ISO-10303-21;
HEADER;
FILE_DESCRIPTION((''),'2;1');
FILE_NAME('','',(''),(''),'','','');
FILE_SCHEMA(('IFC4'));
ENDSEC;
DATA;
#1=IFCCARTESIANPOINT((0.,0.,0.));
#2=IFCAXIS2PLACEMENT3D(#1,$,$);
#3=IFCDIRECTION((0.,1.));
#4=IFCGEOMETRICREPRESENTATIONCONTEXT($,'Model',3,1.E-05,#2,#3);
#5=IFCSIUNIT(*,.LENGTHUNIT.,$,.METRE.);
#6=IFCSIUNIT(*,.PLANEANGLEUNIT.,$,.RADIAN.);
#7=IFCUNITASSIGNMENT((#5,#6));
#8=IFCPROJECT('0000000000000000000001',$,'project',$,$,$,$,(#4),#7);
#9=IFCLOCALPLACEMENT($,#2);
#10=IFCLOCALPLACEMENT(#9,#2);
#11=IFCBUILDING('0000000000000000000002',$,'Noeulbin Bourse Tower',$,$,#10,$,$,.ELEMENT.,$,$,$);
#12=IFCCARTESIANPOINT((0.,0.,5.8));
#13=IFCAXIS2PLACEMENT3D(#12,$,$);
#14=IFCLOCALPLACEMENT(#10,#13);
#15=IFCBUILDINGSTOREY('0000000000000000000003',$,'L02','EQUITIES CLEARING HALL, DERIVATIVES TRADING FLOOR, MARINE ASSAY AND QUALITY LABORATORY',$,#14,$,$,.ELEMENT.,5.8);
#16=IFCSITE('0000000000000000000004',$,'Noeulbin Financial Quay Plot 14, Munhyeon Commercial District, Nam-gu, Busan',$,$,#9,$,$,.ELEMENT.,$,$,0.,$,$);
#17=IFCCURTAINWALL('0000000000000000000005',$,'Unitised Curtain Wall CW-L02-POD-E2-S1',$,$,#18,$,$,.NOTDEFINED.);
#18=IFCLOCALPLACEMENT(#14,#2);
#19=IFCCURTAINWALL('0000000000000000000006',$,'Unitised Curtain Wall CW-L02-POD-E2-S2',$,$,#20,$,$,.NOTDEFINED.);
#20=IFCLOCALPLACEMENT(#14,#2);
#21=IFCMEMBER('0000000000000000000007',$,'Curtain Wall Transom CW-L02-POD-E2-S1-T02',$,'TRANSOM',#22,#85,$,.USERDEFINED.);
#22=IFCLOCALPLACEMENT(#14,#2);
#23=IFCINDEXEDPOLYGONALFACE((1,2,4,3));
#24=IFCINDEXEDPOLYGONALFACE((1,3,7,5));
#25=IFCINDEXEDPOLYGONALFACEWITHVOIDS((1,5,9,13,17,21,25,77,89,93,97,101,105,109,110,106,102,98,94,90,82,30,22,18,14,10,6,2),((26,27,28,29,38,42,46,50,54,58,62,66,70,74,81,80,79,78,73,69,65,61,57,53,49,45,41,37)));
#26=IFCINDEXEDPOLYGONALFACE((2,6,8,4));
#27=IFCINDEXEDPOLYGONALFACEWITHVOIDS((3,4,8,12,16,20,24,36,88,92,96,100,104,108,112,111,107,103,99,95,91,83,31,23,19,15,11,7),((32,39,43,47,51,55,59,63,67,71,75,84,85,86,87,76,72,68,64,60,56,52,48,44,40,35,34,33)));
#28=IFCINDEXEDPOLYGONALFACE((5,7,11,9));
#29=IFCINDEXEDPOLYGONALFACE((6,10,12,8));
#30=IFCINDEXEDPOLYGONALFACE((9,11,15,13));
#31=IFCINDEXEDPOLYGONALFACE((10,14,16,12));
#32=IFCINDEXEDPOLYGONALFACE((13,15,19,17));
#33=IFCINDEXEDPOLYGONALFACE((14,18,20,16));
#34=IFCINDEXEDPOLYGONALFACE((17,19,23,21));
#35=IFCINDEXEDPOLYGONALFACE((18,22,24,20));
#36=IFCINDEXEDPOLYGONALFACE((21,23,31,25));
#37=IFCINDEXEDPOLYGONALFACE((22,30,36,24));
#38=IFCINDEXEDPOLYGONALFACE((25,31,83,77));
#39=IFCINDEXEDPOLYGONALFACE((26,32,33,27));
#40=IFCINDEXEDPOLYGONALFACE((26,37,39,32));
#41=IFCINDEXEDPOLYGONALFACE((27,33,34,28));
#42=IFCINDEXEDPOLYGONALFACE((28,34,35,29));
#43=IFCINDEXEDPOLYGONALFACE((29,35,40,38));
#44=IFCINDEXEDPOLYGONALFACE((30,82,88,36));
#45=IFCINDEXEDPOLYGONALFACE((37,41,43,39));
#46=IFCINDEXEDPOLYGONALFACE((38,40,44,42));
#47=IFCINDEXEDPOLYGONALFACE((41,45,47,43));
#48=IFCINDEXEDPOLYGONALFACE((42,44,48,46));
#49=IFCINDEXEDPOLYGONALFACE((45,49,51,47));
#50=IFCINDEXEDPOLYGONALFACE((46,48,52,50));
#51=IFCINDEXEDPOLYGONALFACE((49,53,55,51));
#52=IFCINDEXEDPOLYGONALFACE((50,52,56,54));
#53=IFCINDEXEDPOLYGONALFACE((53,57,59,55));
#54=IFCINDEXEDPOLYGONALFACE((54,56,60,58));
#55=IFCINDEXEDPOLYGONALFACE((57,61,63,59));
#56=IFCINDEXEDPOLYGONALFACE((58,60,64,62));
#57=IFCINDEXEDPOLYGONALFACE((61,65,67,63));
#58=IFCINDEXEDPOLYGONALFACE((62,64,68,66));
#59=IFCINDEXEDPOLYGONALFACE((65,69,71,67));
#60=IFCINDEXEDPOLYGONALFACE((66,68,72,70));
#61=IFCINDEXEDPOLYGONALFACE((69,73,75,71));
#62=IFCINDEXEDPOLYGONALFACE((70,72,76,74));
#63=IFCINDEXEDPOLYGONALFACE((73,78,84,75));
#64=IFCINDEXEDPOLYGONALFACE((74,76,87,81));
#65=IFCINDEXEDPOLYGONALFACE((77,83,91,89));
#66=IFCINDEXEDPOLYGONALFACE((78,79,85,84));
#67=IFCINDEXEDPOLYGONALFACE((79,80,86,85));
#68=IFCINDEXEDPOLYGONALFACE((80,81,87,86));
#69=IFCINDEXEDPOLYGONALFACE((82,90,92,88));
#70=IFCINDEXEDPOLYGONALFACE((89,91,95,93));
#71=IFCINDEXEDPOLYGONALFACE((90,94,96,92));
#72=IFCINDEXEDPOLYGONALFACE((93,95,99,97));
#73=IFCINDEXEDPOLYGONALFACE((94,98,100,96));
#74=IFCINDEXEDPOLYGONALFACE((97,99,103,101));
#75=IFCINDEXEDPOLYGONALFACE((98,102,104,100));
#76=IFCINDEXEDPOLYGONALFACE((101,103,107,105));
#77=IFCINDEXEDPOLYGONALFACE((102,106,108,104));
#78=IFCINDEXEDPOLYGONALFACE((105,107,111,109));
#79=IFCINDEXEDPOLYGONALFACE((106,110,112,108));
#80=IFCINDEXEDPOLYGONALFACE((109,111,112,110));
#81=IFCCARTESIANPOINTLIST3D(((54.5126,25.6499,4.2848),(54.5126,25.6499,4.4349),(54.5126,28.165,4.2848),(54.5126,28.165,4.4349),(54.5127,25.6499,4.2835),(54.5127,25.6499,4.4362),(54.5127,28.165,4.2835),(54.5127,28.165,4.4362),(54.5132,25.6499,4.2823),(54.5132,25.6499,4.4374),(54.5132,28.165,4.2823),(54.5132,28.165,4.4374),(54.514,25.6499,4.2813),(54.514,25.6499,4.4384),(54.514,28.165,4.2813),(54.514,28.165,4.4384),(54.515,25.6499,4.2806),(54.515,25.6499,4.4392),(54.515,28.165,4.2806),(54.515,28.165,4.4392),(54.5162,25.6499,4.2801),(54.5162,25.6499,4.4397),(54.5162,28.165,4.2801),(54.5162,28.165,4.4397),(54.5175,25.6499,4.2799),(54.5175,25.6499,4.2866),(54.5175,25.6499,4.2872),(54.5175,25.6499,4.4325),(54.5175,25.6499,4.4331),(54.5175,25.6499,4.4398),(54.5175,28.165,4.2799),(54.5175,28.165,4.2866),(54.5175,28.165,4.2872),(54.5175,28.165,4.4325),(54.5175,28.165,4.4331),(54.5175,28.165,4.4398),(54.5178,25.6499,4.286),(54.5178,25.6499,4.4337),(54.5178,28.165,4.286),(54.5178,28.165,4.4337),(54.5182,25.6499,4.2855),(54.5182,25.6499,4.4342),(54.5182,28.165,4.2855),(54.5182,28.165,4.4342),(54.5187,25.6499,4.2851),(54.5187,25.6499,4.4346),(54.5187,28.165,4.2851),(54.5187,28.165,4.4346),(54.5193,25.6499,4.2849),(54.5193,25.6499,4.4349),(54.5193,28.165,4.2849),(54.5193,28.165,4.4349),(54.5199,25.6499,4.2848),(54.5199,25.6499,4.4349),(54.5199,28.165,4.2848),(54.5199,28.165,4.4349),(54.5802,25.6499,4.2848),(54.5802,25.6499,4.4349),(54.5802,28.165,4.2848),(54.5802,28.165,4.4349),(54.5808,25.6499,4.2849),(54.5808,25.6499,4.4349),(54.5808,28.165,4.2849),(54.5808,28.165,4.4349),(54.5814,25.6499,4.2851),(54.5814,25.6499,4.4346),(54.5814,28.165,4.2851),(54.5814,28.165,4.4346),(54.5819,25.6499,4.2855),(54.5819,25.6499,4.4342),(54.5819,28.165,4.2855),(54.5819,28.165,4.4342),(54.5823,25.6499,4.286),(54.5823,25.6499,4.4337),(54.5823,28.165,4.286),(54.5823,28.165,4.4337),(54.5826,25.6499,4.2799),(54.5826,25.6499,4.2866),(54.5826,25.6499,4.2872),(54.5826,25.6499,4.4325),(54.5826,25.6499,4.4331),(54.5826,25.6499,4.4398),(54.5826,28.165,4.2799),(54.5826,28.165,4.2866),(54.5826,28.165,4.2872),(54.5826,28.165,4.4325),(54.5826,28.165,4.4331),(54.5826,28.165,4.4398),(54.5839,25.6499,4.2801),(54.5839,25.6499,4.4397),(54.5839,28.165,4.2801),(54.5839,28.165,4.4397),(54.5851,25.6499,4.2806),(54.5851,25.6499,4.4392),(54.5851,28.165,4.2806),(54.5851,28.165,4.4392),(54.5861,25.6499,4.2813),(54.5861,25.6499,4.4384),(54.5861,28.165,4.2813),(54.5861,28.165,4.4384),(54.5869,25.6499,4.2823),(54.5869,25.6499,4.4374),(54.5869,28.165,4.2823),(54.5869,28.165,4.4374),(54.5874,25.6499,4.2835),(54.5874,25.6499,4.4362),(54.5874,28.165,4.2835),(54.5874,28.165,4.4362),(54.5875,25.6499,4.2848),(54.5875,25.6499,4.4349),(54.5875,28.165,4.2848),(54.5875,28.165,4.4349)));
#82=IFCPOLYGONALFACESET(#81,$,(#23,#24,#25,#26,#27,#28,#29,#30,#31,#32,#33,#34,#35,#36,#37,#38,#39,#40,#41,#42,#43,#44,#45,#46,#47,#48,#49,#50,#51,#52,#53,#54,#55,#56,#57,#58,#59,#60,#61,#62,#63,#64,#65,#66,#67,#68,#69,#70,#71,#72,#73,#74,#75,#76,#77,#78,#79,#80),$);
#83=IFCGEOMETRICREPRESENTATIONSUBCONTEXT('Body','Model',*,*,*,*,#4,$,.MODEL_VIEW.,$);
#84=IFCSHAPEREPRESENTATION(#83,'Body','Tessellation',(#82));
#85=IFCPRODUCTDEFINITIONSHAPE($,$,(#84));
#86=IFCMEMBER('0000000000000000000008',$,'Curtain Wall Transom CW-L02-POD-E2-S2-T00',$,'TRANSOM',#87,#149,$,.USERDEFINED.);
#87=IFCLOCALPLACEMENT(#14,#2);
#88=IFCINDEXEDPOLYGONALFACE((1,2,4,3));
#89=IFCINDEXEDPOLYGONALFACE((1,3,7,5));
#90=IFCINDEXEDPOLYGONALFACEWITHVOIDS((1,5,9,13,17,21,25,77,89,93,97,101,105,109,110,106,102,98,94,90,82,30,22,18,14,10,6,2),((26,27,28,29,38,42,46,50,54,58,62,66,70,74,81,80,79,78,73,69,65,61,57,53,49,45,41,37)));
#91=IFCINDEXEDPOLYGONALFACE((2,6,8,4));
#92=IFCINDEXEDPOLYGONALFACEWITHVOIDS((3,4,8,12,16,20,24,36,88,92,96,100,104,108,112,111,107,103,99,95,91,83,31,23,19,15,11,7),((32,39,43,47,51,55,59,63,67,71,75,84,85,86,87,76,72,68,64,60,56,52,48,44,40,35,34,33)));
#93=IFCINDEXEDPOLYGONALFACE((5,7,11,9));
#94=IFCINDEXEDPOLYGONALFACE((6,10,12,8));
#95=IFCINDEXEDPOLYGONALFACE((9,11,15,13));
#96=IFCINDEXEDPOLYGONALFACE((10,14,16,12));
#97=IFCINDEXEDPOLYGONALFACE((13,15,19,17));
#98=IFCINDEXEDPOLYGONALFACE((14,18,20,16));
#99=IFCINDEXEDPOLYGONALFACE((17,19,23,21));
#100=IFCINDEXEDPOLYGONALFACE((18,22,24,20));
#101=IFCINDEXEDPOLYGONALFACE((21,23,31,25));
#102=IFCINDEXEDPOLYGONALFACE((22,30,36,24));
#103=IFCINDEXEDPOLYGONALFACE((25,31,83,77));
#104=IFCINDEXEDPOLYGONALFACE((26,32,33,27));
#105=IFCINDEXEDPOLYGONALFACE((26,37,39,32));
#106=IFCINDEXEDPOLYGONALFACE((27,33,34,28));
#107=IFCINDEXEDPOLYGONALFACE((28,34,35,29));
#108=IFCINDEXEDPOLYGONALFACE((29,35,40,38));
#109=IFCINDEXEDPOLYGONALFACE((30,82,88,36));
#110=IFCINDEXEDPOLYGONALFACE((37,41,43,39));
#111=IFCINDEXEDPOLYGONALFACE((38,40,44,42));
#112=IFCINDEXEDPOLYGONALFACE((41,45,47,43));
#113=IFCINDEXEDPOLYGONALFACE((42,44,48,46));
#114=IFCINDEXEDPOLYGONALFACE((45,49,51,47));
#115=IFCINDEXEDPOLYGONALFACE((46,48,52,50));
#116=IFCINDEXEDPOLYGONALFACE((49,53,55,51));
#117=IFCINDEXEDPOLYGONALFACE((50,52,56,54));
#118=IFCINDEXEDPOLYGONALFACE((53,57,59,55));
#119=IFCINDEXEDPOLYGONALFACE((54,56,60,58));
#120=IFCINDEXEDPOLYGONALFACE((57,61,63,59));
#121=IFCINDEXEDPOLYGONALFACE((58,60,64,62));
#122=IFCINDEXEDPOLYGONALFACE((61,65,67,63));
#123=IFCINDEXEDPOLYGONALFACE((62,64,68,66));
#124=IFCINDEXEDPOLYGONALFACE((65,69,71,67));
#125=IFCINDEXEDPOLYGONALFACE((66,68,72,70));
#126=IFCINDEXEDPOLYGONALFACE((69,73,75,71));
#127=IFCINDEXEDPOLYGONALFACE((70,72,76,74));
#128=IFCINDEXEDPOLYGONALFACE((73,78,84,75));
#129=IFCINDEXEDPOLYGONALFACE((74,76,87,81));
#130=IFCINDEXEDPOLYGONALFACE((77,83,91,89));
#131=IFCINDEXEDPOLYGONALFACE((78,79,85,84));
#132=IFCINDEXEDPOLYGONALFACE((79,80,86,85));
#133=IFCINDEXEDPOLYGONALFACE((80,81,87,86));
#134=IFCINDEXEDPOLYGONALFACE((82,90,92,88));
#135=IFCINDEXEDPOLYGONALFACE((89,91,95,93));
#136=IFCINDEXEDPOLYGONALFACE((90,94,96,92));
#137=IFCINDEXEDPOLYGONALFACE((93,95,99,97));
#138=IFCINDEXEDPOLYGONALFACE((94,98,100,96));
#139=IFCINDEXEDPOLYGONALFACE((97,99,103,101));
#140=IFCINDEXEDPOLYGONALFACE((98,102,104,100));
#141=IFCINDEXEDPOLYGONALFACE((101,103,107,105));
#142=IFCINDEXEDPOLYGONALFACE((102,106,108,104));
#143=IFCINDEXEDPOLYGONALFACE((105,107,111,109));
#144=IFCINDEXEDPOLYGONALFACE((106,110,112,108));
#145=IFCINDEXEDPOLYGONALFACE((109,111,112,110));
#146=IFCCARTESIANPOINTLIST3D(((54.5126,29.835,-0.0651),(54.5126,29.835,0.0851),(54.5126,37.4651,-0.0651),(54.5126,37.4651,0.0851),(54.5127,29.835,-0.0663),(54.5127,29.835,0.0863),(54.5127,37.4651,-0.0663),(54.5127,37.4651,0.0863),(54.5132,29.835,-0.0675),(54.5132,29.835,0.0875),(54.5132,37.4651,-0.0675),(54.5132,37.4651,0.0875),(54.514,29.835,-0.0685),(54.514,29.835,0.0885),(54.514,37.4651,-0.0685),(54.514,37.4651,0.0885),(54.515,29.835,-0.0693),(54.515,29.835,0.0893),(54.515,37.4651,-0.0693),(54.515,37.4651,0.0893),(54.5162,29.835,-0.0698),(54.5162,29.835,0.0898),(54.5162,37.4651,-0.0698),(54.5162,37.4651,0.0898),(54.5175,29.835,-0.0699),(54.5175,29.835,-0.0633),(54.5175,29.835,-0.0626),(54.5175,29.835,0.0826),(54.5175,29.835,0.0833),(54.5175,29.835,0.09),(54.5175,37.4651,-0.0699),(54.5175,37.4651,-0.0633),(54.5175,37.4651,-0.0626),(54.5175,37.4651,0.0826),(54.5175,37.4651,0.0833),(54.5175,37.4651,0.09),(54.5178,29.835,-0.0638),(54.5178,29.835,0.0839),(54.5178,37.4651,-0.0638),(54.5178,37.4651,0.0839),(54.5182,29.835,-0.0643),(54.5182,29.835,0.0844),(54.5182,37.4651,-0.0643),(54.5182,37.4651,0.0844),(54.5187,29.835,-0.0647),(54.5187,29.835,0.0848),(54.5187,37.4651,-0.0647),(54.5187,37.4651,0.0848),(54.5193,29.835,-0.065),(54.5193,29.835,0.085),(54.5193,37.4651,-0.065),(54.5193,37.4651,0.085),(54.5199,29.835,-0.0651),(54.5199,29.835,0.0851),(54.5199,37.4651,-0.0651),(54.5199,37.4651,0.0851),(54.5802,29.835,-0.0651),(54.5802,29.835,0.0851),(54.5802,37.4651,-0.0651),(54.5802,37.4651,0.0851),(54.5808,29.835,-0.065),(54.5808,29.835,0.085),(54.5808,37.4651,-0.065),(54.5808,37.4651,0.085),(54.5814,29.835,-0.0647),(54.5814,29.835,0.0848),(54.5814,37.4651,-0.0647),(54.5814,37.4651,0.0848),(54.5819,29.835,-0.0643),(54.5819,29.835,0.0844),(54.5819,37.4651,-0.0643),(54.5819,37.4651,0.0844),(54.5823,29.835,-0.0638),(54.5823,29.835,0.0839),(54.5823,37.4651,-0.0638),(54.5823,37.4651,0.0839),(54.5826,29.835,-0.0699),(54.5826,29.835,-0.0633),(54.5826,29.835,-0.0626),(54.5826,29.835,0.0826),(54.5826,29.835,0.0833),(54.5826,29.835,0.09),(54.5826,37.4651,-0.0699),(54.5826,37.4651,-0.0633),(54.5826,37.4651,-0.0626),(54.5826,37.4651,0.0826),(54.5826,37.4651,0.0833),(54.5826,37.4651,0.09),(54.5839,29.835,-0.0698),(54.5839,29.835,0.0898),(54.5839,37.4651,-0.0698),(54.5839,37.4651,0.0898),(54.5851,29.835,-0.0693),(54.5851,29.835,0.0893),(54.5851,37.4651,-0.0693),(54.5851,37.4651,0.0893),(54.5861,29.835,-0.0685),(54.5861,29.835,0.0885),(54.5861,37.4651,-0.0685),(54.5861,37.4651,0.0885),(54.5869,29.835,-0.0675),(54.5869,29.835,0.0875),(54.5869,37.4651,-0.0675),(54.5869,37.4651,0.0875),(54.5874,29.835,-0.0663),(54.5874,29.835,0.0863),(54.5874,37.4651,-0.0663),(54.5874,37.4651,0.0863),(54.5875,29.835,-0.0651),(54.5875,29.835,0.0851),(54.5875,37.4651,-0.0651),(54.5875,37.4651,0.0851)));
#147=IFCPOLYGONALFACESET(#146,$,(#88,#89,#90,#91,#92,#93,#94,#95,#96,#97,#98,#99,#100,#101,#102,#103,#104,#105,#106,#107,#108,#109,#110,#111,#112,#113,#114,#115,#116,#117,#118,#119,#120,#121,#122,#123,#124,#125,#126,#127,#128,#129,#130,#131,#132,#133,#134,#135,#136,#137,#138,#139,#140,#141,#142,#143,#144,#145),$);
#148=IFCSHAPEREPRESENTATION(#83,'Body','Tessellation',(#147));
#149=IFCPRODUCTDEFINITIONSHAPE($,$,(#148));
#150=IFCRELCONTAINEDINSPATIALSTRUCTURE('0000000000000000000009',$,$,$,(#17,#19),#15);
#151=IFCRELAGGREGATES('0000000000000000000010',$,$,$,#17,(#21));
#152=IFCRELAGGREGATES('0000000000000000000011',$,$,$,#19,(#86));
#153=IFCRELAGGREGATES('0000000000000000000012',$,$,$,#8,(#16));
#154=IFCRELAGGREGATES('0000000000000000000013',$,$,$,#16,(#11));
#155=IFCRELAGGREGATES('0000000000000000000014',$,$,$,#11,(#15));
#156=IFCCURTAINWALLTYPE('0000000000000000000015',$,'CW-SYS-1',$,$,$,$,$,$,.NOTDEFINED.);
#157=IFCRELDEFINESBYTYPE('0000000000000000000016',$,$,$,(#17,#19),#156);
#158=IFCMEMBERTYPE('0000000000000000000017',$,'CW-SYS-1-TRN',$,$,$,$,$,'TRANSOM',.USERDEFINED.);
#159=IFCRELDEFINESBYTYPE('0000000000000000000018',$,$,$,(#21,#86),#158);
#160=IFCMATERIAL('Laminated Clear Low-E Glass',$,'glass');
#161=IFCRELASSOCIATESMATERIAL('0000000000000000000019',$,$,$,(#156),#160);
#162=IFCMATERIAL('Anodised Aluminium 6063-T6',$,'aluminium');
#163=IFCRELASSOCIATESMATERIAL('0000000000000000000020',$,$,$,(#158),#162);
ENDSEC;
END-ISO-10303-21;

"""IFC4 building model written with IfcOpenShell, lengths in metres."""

from ifc_helpers import new_model, si_unit, direction, frame, origin, origin_2d, place, context, subcontext, project, spatial, hollow_rectangle, extrude, material, material_profile, profile_set, type_object, element, aggregate, save


model = new_model("IFC4")

# Units and contexts
model_context = context("Model", 3, precision=1e-05, world=origin(), true_north=direction((0.0, 1.0)))
body_context = subcontext(model_context, "Body", "Model", "MODEL_VIEW")
ifc_project = project(units=[si_unit("LENGTHUNIT", "METRE"), si_unit("PLANEANGLEUNIT", "RADIAN")], contexts=[model_context])

# Site, building, storey
site_placement = place(None, origin())
site = spatial("IfcSite", under=ifc_project, at=site_placement, Name="Noeulbin Financial Quay Plot 14, Munhyeon Commercial District, Nam-gu, Busan", CompositionType="ELEMENT", RefElevation=0.0)
building_placement = place(site_placement, origin())
building = spatial("IfcBuilding", under=site, at=building_placement, Name="Noeulbin Bourse Tower", CompositionType="ELEMENT")
storey_placement = place(building_placement, frame((0.0, 0.0, 5.8)))
storey = spatial("IfcBuildingStorey", under=building, at=storey_placement, Name="L02", Description="EQUITIES CLEARING HALL, DERIVATIVES TRADING FLOOR, MARINE ASSAY AND QUALITY LABORATORY", CompositionType="ELEMENT", Elevation=5.8)

# Curtain walls
ifc_material_1 = material(Name="Laminated Clear Low-E Glass", Category="glass")
curtain_wall_type = type_object("IfcCurtainWallType", Name="CW-SYS-1", PredefinedType="NOTDEFINED", material=ifc_material_1)
curtain_wall_1_placement = place(storey_placement, origin())
curtain_wall_1 = element("IfcCurtainWall", 1, at=curtain_wall_1_placement, inside=storey, type_object=curtain_wall_type, Name="Unitised Curtain Wall CW-L02-POD-E2-S1", PredefinedType="NOTDEFINED")
ifc_material_2 = material(Name="Anodised Aluminium 6063-T6", Category="aluminium")
curtain_wall_2_placement = place(storey_placement, origin())
curtain_wall_2 = element("IfcCurtainWall", 2, at=curtain_wall_2_placement, inside=storey, type_object=curtain_wall_type, Name="Unitised Curtain Wall CW-L02-POD-E2-S2", PredefinedType="NOTDEFINED")

# Members
ifc_material_profile_1 = material_profile(ifc_material_2, hollow_rectangle(XDim=0.075, YDim=0.1599, WallThickness=0.0049, InnerFilletRadius=0.0024, OuterFilletRadius=0.0049, at=origin_2d()), Name="ALU-TRAN-75x160x5", Category="LoadBearing")
ifc_profile_set_1 = profile_set([ifc_material_profile_1], Name="Anodised Aluminium 6063-T6")
member_type_1 = type_object("IfcMemberType", Name="CW-SYS-1-TRN", ElementType="TRANSOM", PredefinedType="USERDEFINED", material=ifc_profile_set_1)
member_1_placement = place(storey_placement, frame((54.55, 25.6499, 4.3599), z_axis=(0.0, 1.0, 0.0), x_axis=(-1.0, 0.0, 0.0)))
member_1 = element("IfcMember", 3, at=member_1_placement, type_object=member_type_1, Name="Curtain Wall Transom CW-L02-POD-E2-S1-T02", ObjectType="TRANSOM", PredefinedType="USERDEFINED", context=body_context, shape_type="SweptSolid", body=[
    extrude(hollow_rectangle(XDim=0.075, YDim=0.1599, WallThickness=0.0049, InnerFilletRadius=0.0024, OuterFilletRadius=0.0049, at=origin_2d()), origin(), (0.0, 0.0, 1.0), 2.5151),
])
member_2_placement = place(storey_placement, frame((54.55, 29.835, 0.01), z_axis=(0.0, 1.0, 0.0), x_axis=(-1.0, 0.0, 0.0)))
member_2 = element("IfcMember", 4, at=member_2_placement, type_object=member_type_1, Name="Curtain Wall Transom CW-L02-POD-E2-S2-T00", ObjectType="TRANSOM", PredefinedType="USERDEFINED", context=body_context, shape_type="SweptSolid", body=[
    extrude(hollow_rectangle(XDim=0.075, YDim=0.1599, WallThickness=0.0049, InnerFilletRadius=0.0024, OuterFilletRadius=0.0049, at=origin_2d()), origin(), (0.0, 0.0, 1.0), 7.6301),
])

aggregate(curtain_wall_1, [member_1])
aggregate(curtain_wall_2, [member_2])

save(model, "model.ifc")
